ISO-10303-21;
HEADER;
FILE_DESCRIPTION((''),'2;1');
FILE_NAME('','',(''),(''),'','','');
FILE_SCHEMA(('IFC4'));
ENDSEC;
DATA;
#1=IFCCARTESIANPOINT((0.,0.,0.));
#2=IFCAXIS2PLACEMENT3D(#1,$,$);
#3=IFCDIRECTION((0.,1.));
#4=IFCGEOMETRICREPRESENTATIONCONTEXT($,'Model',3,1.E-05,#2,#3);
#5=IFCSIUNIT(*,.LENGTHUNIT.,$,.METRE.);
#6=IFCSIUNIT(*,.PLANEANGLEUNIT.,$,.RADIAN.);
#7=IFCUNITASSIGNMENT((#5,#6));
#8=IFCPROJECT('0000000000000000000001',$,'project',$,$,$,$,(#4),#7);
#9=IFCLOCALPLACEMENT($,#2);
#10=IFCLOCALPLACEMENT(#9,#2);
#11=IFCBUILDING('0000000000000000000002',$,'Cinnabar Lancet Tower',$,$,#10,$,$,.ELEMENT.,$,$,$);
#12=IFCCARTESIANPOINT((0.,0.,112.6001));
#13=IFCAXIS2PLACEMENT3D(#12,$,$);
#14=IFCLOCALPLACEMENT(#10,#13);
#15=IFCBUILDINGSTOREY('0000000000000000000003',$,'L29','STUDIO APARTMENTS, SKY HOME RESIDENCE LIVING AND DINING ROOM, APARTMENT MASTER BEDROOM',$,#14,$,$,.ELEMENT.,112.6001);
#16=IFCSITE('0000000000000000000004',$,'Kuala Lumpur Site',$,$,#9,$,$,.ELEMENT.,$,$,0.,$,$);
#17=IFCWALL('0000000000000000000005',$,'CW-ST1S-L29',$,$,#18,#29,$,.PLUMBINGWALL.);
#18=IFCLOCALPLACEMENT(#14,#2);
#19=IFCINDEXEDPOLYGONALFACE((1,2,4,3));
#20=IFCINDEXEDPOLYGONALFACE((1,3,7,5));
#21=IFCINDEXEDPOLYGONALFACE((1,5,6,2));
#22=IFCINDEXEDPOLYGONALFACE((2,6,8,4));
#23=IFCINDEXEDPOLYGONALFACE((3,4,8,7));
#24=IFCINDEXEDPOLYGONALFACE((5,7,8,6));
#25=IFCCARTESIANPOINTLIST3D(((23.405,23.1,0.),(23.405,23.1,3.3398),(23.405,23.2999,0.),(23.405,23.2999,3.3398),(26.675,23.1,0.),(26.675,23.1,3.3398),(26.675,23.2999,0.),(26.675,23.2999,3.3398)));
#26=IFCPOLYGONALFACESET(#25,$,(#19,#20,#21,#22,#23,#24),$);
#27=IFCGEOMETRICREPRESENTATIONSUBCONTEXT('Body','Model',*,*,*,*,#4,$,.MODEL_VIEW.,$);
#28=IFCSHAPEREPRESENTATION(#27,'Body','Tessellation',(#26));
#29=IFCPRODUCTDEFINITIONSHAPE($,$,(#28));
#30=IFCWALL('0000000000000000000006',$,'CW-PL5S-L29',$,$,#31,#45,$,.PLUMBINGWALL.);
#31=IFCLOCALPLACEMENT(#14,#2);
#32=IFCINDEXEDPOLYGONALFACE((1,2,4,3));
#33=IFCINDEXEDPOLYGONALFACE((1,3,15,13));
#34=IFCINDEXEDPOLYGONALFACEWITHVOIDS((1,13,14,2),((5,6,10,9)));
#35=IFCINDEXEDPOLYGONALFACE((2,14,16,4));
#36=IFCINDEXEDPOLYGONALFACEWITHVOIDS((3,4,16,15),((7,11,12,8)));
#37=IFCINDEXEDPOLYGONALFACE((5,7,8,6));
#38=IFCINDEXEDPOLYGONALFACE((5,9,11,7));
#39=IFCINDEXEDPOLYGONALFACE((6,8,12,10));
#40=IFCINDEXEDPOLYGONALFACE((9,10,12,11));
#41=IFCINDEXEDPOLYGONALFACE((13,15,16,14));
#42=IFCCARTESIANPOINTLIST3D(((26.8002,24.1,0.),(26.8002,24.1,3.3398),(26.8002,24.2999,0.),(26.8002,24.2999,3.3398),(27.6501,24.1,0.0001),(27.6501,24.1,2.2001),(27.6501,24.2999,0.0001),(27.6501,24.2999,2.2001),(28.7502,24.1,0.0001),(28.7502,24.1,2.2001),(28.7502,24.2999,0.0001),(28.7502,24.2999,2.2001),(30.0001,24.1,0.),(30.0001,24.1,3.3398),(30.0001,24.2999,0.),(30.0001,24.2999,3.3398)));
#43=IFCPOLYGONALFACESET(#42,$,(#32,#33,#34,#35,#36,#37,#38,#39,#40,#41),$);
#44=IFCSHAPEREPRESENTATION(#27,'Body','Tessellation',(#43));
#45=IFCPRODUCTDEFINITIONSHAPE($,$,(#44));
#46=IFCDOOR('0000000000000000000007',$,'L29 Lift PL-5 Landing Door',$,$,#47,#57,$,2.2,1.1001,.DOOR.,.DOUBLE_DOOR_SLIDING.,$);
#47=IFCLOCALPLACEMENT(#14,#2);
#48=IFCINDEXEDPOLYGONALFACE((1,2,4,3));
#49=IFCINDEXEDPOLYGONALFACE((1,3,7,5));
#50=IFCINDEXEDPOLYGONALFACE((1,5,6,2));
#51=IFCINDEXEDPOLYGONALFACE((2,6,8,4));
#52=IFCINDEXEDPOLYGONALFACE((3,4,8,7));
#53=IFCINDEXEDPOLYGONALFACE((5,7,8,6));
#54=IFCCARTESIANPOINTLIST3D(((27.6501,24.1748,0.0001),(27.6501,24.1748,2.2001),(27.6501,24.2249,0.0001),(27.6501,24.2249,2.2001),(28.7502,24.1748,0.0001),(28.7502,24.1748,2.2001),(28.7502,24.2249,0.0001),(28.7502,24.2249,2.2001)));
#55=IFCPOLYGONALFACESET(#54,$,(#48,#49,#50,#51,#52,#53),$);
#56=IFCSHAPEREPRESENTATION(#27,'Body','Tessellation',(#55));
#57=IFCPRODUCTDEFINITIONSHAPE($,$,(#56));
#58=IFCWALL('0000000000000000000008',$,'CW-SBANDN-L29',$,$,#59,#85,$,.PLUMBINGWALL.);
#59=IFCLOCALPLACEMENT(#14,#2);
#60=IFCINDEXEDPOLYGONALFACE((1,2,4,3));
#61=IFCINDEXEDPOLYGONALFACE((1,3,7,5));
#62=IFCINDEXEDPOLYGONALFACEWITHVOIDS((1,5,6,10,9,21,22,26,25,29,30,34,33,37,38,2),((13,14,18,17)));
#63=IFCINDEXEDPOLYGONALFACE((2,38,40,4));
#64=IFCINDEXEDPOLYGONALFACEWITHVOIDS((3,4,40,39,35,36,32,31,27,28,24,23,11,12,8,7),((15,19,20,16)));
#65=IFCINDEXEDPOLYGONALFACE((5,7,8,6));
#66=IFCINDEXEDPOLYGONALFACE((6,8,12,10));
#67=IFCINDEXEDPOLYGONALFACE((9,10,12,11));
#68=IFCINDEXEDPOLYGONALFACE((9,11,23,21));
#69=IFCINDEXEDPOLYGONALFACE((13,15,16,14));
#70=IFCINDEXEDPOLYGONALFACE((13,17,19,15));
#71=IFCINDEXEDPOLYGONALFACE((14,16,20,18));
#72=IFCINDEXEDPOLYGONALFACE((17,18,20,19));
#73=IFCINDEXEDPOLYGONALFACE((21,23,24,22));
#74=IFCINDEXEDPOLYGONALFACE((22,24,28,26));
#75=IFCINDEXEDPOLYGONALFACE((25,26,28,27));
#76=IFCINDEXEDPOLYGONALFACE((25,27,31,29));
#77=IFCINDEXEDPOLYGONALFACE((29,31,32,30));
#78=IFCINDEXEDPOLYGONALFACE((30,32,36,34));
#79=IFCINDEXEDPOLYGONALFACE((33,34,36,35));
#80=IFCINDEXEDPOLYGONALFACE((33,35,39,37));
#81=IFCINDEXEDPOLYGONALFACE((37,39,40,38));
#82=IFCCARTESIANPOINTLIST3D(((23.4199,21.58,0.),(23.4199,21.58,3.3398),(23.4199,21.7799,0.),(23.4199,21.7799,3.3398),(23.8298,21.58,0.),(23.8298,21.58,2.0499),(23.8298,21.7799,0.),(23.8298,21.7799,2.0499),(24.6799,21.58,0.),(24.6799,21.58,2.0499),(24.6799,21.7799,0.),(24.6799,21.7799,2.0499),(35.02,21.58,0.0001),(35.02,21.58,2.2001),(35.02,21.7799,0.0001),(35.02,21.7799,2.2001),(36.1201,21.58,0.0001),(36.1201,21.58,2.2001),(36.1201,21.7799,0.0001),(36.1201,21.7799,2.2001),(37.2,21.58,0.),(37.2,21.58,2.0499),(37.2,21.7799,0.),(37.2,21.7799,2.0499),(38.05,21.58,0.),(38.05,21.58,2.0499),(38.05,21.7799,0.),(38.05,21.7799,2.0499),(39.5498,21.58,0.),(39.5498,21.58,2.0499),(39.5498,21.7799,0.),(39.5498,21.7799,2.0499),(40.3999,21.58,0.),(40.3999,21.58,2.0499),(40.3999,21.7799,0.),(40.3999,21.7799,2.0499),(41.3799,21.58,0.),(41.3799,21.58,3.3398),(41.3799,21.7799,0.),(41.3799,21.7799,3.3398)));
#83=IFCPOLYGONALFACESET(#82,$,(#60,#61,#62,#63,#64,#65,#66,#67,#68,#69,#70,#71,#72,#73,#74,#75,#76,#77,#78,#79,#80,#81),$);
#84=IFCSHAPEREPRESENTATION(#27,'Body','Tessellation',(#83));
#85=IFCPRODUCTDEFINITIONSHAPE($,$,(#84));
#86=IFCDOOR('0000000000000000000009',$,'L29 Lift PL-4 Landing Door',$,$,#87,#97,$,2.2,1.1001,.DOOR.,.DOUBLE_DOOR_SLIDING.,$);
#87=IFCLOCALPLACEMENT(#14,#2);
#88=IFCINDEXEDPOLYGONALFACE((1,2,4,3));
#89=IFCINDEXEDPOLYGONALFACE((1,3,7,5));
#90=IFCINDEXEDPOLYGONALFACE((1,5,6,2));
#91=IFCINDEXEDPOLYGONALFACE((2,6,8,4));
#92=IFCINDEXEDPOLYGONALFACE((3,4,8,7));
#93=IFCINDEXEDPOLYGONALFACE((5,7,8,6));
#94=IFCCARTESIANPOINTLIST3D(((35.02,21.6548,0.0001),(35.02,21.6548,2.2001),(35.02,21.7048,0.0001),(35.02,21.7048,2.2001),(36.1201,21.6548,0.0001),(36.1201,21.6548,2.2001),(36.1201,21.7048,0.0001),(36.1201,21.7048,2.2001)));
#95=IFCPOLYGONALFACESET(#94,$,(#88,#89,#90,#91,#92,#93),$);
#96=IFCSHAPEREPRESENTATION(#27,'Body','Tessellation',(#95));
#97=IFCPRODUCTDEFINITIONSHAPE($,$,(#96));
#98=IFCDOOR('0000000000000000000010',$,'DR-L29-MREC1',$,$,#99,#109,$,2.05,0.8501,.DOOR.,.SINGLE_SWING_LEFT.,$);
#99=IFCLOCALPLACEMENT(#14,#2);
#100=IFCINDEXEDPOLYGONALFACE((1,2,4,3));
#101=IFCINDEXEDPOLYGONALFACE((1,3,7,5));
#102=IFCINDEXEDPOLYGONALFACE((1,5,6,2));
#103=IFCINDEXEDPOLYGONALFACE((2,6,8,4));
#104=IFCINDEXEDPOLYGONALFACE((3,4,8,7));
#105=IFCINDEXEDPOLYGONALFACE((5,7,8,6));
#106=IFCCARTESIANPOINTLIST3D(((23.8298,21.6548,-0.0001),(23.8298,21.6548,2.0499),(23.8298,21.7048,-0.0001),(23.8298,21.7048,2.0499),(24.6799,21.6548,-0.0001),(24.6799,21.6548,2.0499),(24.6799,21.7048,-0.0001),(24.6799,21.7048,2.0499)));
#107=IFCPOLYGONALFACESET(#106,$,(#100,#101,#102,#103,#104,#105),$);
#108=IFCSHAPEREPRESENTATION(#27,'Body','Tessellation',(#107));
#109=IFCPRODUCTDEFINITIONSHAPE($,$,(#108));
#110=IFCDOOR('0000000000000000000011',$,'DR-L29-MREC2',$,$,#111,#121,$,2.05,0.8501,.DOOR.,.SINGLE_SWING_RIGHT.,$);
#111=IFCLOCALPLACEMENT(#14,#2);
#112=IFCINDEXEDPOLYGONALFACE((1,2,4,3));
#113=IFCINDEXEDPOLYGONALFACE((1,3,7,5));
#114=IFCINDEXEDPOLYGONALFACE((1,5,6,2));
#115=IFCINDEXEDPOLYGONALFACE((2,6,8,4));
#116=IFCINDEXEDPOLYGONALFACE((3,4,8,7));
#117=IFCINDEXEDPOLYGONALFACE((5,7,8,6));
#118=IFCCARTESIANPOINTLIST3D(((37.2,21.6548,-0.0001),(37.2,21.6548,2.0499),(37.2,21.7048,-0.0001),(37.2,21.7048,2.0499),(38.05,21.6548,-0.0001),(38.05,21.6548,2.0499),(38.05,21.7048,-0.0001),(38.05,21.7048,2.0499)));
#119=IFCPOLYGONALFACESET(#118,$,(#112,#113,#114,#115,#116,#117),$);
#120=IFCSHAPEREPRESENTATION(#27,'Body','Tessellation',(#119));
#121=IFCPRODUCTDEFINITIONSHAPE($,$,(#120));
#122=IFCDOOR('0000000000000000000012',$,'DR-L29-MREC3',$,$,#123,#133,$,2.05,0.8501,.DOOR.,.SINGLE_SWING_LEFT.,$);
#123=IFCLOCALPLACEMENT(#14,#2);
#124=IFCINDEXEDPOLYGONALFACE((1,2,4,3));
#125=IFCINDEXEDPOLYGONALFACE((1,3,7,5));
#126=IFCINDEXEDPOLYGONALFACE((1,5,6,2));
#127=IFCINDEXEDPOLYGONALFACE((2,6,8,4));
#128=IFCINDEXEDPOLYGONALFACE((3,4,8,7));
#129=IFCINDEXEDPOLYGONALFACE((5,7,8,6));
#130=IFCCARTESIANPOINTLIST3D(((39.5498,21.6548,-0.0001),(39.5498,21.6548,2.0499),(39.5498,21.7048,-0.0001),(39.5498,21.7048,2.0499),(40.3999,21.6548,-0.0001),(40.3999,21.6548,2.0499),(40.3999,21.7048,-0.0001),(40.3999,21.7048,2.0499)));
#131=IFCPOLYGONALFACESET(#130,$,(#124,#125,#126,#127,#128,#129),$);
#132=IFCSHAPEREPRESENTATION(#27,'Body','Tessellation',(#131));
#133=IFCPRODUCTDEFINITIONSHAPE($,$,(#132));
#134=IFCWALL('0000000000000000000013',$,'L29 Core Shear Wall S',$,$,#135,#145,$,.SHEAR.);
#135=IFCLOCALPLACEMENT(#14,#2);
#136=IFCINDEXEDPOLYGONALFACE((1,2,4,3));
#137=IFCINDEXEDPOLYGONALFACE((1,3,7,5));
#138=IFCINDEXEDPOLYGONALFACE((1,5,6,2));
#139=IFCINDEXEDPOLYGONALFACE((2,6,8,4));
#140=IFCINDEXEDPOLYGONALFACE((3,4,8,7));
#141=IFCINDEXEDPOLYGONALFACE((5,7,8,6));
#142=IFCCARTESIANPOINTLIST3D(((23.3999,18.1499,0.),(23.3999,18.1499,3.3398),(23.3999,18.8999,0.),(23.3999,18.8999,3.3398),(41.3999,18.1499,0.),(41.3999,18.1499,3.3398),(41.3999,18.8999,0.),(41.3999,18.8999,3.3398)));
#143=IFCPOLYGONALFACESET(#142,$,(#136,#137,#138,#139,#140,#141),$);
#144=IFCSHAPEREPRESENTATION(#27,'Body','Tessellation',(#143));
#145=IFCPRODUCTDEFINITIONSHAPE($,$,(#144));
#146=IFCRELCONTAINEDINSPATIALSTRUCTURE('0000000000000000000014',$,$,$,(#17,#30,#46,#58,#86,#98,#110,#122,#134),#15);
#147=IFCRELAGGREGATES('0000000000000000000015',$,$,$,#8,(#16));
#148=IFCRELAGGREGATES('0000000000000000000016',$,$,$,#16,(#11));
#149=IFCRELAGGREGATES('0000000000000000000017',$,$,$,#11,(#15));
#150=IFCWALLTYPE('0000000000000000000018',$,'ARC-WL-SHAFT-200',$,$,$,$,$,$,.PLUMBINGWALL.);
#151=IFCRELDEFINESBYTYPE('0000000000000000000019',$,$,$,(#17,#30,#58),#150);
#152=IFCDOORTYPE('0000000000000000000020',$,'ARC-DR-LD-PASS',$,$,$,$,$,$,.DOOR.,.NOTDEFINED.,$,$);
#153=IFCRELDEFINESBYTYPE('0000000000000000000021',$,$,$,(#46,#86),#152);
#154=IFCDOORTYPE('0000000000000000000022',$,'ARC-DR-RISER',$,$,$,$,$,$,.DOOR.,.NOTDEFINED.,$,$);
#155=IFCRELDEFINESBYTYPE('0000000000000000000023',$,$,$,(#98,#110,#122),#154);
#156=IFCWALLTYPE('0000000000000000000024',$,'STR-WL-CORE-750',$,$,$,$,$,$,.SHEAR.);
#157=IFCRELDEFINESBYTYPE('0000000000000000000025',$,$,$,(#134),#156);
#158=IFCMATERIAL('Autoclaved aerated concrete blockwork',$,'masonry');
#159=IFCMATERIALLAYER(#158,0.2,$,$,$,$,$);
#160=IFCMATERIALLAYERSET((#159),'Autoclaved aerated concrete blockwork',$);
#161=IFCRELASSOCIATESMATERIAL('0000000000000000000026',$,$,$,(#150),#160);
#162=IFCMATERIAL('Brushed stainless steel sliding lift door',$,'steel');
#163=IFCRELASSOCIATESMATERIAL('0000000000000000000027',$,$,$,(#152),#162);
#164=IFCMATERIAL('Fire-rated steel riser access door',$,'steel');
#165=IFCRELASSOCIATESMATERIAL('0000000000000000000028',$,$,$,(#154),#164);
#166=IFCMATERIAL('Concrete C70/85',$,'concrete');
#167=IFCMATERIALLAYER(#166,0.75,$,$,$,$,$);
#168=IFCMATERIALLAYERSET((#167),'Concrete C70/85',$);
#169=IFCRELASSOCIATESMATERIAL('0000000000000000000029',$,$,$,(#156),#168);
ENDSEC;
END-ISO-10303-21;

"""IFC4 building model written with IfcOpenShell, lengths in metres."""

from ifc_helpers import new_model, si_unit, direction, frame, frame_2d, origin, place, context, subcontext, project, spatial, rectangle, extrude, material, layer, layer_set, type_object, element, fill, save


model = new_model("IFC4")

# Units and contexts
model_context = context("Model", 3, precision=1e-05, world=origin(), true_north=direction((0.0, 1.0)))
body_context = subcontext(model_context, "Body", "Model", "MODEL_VIEW")
ifc_project = project(units=[si_unit("LENGTHUNIT", "METRE"), si_unit("PLANEANGLEUNIT", "RADIAN")], contexts=[model_context])

# Site, building, storey
site_placement = place(None, origin())
site = spatial("IfcSite", under=ifc_project, at=site_placement, Name="Kuala Lumpur Site", CompositionType="ELEMENT", RefElevation=0.0)
building_placement = place(site_placement, origin())
building = spatial("IfcBuilding", under=site, at=building_placement, Name="Cinnabar Lancet Tower", CompositionType="ELEMENT")
storey_placement = place(building_placement, frame((0.0, 0.0, 112.6001)))
storey = spatial("IfcBuildingStorey", under=building, at=storey_placement, Name="L29", Description="STUDIO APARTMENTS, SKY HOME RESIDENCE LIVING AND DINING ROOM, APARTMENT MASTER BEDROOM", CompositionType="ELEMENT", Elevation=112.6001)

# Wall
ifc_material_1 = material(Name="Autoclaved aerated concrete blockwork", Category="masonry")
ifc_layer_1 = layer(ifc_material_1, 0.2)
ifc_layer_set_1 = layer_set([ifc_layer_1], Name="Autoclaved aerated concrete blockwork")
wall_type_1 = type_object("IfcWallType", Name="ARC-WL-SHAFT-200", PredefinedType="PLUMBINGWALL", material=ifc_layer_set_1)
wall_1_placement = place(storey_placement, frame((23.405, 23.2, 0.0), z_axis=(0.0, 0.0, 1.0), x_axis=(1.0, 0.0, 0.0)))
element("IfcWall", 1, at=wall_1_placement, inside=storey, type_object=wall_type_1, Name="CW-ST1S-L29", PredefinedType="PLUMBINGWALL", context=body_context, shape_type="SweptSolid", body=[
    extrude(rectangle(XDim=3.27, YDim=0.2, at=frame_2d((1.635, 0.0))), origin(), (0.0, 0.0, 1.0), 3.3398),
])

# Wall, opening, door
wall_2_placement = place(storey_placement, frame((26.8, 24.2, 0.0), z_axis=(0.0, 0.0, 1.0), x_axis=(1.0, 0.0, 0.0)))
wall_2 = element("IfcWall", 2, at=wall_2_placement, inside=storey, type_object=wall_type_1, Name="CW-PL5S-L29", PredefinedType="PLUMBINGWALL", context=body_context, shape_type="SweptSolid", body=[
    extrude(rectangle(XDim=3.2, YDim=0.2, at=frame_2d((1.6001, 0.0))), origin(), (0.0, 0.0, 1.0), 3.3398),
])
opening_1_placement = place(wall_2_placement, frame((0.8501, 0.0, 0.0)))
opening_1 = element("IfcOpeningElement", 3, at=opening_1_placement, cuts=wall_2, PredefinedType="OPENING", context=body_context, shape_type="SweptSolid", body=[
    extrude(rectangle(XDim=1.1001, YDim=2.2, at=frame_2d((0.55, 1.1001))), frame((0.0, 0.1099, 0.0), z_axis=(0.0, -1.0, 0.0), x_axis=(1.0, 0.0, 0.0)), (0.0, 0.0, 1.0), 0.22),
])
ifc_material_2 = material(Name="Brushed stainless steel sliding lift door", Category="steel")
door_type_1 = type_object("IfcDoorType", Name="ARC-DR-LD-PASS", OperationType="NOTDEFINED", PredefinedType="DOOR", material=ifc_material_2)
door_1_placement = place(opening_1_placement, origin())
door_1 = element("IfcDoor", 4, at=door_1_placement, inside=storey, type_object=door_type_1, Name="L29 Lift PL-5 Landing Door", OperationType="DOUBLE_DOOR_SLIDING", OverallHeight=2.2, OverallWidth=1.1001, PredefinedType="DOOR", context=body_context, shape_type="SweptSolid", body=[
    extrude(rectangle(XDim=1.1001, YDim=2.2, at=frame_2d((0.55, 1.1001))), frame((0.0, 0.0249, 0.0), z_axis=(0.0, -1.0, 0.0), x_axis=(1.0, 0.0, 0.0)), (0.0, 0.0, 1.0), 0.05),
])
fill(opening_1, door_1)

# Wall, openings, doors
wall_3_placement = place(storey_placement, frame((23.4199, 21.6799, 0.0), z_axis=(0.0, 0.0, 1.0), x_axis=(1.0, 0.0, 0.0)))
wall_3 = element("IfcWall", 5, at=wall_3_placement, inside=storey, type_object=wall_type_1, Name="CW-SBANDN-L29", PredefinedType="PLUMBINGWALL", context=body_context, shape_type="SweptSolid", body=[
    extrude(rectangle(XDim=17.96, YDim=0.2, at=frame_2d((8.98, 0.0))), origin(), (0.0, 0.0, 1.0), 3.3398),
])
opening_2_placement = place(wall_3_placement, frame((11.6001, 0.0, 0.0)))
opening_2 = element("IfcOpeningElement", 6, at=opening_2_placement, cuts=wall_3, PredefinedType="OPENING", context=body_context, shape_type="SweptSolid", body=[
    extrude(rectangle(XDim=1.1001, YDim=2.2, at=frame_2d((0.55, 1.1001))), frame((0.0, 0.1099, 0.0), z_axis=(0.0, -1.0, 0.0), x_axis=(1.0, 0.0, 0.0)), (0.0, 0.0, 1.0), 0.22),
])
opening_3_placement = place(wall_3_placement, frame((0.4099, 0.0, 0.0)))
opening_3 = element("IfcOpeningElement", 7, at=opening_3_placement, cuts=wall_3, PredefinedType="OPENING", context=body_context, shape_type="SweptSolid", body=[
    extrude(rectangle(XDim=0.8501, YDim=2.05, at=frame_2d((0.425, 1.0249))), frame((0.0, 0.1099, 0.0), z_axis=(0.0, -1.0, 0.0), x_axis=(1.0, 0.0, 0.0)), (0.0, 0.0, 1.0), 0.22),
])
opening_4_placement = place(wall_3_placement, frame((13.78, 0.0, 0.0)))
opening_4 = element("IfcOpeningElement", 8, at=opening_4_placement, cuts=wall_3, PredefinedType="OPENING", context=body_context, shape_type="SweptSolid", body=[
    extrude(rectangle(XDim=0.8501, YDim=2.05, at=frame_2d((0.425, 1.0249))), frame((0.0, 0.1099, 0.0), z_axis=(0.0, -1.0, 0.0), x_axis=(1.0, 0.0, 0.0)), (0.0, 0.0, 1.0), 0.22),
])
opening_5_placement = place(wall_3_placement, frame((16.1299, 0.0, 0.0)))
opening_5 = element("IfcOpeningElement", 9, at=opening_5_placement, cuts=wall_3, PredefinedType="OPENING", context=body_context, shape_type="SweptSolid", body=[
    extrude(rectangle(XDim=0.8501, YDim=2.05, at=frame_2d((0.425, 1.0249))), frame((0.0, 0.1099, 0.0), z_axis=(0.0, -1.0, 0.0), x_axis=(1.0, 0.0, 0.0)), (0.0, 0.0, 1.0), 0.22),
])
door_2_placement = place(opening_2_placement, origin())
door_2 = element("IfcDoor", 10, at=door_2_placement, inside=storey, type_object=door_type_1, Name="L29 Lift PL-4 Landing Door", OperationType="DOUBLE_DOOR_SLIDING", OverallHeight=2.2, OverallWidth=1.1001, PredefinedType="DOOR", context=body_context, shape_type="SweptSolid", body=[
    extrude(rectangle(XDim=1.1001, YDim=2.2, at=frame_2d((0.55, 1.1001))), frame((0.0, 0.0249, 0.0), z_axis=(0.0, -1.0, 0.0), x_axis=(1.0, 0.0, 0.0)), (0.0, 0.0, 1.0), 0.05),
])
fill(opening_2, door_2)
ifc_material_3 = material(Name="Fire-rated steel riser access door", Category="steel")
door_type_2 = type_object("IfcDoorType", Name="ARC-DR-RISER", OperationType="NOTDEFINED", PredefinedType="DOOR", material=ifc_material_3)
door_3_placement = place(opening_3_placement, origin())
door_3 = element("IfcDoor", 11, at=door_3_placement, inside=storey, type_object=door_type_2, Name="DR-L29-MREC1", OperationType="SINGLE_SWING_LEFT", OverallHeight=2.05, OverallWidth=0.8501, PredefinedType="DOOR", context=body_context, shape_type="SweptSolid", body=[
    extrude(rectangle(XDim=0.8501, YDim=2.05, at=frame_2d((0.425, 1.0249))), frame((0.0, 0.0249, 0.0), z_axis=(0.0, -1.0, 0.0), x_axis=(1.0, 0.0, 0.0)), (0.0, 0.0, 1.0), 0.05),
])
fill(opening_3, door_3)
door_4_placement = place(opening_4_placement, origin())
door_4 = element("IfcDoor", 12, at=door_4_placement, inside=storey, type_object=door_type_2, Name="DR-L29-MREC2", OperationType="SINGLE_SWING_RIGHT", OverallHeight=2.05, OverallWidth=0.8501, PredefinedType="DOOR", context=body_context, shape_type="SweptSolid", body=[
    extrude(rectangle(XDim=0.8501, YDim=2.05, at=frame_2d((0.425, 1.0249))), frame((0.0, 0.0249, 0.0), z_axis=(0.0, -1.0, 0.0), x_axis=(1.0, 0.0, 0.0)), (0.0, 0.0, 1.0), 0.05),
])
fill(opening_4, door_4)
door_5_placement = place(opening_5_placement, origin())
door_5 = element("IfcDoor", 13, at=door_5_placement, inside=storey, type_object=door_type_2, Name="DR-L29-MREC3", OperationType="SINGLE_SWING_LEFT", OverallHeight=2.05, OverallWidth=0.8501, PredefinedType="DOOR", context=body_context, shape_type="SweptSolid", body=[
    extrude(rectangle(XDim=0.8501, YDim=2.05, at=frame_2d((0.425, 1.0249))), frame((0.0, 0.0249, 0.0), z_axis=(0.0, -1.0, 0.0), x_axis=(1.0, 0.0, 0.0)), (0.0, 0.0, 1.0), 0.05),
])
fill(opening_5, door_5)

# Wall
ifc_material_4 = material(Name="Concrete C70/85", Category="concrete")
ifc_layer_2 = layer(ifc_material_4, 0.75)
ifc_layer_set_2 = layer_set([ifc_layer_2], Name="Concrete C70/85")
wall_type_2 = type_object("IfcWallType", Name="STR-WL-CORE-750", PredefinedType="SHEAR", material=ifc_layer_set_2)
wall_4_placement = place(storey_placement, frame((23.3999, 18.5249, 0.0), z_axis=(0.0, 0.0, 1.0), x_axis=(1.0, 0.0, 0.0)))
element("IfcWall", 14, at=wall_4_placement, inside=storey, type_object=wall_type_2, Name="L29 Core Shear Wall S", PredefinedType="SHEAR", context=body_context, shape_type="SweptSolid", body=[
    extrude(rectangle(XDim=18.0, YDim=0.75, at=frame_2d((9.0, 0.0))), origin(), (0.0, 0.0, 1.0), 3.3398),
])

save(model, "model.ifc")
